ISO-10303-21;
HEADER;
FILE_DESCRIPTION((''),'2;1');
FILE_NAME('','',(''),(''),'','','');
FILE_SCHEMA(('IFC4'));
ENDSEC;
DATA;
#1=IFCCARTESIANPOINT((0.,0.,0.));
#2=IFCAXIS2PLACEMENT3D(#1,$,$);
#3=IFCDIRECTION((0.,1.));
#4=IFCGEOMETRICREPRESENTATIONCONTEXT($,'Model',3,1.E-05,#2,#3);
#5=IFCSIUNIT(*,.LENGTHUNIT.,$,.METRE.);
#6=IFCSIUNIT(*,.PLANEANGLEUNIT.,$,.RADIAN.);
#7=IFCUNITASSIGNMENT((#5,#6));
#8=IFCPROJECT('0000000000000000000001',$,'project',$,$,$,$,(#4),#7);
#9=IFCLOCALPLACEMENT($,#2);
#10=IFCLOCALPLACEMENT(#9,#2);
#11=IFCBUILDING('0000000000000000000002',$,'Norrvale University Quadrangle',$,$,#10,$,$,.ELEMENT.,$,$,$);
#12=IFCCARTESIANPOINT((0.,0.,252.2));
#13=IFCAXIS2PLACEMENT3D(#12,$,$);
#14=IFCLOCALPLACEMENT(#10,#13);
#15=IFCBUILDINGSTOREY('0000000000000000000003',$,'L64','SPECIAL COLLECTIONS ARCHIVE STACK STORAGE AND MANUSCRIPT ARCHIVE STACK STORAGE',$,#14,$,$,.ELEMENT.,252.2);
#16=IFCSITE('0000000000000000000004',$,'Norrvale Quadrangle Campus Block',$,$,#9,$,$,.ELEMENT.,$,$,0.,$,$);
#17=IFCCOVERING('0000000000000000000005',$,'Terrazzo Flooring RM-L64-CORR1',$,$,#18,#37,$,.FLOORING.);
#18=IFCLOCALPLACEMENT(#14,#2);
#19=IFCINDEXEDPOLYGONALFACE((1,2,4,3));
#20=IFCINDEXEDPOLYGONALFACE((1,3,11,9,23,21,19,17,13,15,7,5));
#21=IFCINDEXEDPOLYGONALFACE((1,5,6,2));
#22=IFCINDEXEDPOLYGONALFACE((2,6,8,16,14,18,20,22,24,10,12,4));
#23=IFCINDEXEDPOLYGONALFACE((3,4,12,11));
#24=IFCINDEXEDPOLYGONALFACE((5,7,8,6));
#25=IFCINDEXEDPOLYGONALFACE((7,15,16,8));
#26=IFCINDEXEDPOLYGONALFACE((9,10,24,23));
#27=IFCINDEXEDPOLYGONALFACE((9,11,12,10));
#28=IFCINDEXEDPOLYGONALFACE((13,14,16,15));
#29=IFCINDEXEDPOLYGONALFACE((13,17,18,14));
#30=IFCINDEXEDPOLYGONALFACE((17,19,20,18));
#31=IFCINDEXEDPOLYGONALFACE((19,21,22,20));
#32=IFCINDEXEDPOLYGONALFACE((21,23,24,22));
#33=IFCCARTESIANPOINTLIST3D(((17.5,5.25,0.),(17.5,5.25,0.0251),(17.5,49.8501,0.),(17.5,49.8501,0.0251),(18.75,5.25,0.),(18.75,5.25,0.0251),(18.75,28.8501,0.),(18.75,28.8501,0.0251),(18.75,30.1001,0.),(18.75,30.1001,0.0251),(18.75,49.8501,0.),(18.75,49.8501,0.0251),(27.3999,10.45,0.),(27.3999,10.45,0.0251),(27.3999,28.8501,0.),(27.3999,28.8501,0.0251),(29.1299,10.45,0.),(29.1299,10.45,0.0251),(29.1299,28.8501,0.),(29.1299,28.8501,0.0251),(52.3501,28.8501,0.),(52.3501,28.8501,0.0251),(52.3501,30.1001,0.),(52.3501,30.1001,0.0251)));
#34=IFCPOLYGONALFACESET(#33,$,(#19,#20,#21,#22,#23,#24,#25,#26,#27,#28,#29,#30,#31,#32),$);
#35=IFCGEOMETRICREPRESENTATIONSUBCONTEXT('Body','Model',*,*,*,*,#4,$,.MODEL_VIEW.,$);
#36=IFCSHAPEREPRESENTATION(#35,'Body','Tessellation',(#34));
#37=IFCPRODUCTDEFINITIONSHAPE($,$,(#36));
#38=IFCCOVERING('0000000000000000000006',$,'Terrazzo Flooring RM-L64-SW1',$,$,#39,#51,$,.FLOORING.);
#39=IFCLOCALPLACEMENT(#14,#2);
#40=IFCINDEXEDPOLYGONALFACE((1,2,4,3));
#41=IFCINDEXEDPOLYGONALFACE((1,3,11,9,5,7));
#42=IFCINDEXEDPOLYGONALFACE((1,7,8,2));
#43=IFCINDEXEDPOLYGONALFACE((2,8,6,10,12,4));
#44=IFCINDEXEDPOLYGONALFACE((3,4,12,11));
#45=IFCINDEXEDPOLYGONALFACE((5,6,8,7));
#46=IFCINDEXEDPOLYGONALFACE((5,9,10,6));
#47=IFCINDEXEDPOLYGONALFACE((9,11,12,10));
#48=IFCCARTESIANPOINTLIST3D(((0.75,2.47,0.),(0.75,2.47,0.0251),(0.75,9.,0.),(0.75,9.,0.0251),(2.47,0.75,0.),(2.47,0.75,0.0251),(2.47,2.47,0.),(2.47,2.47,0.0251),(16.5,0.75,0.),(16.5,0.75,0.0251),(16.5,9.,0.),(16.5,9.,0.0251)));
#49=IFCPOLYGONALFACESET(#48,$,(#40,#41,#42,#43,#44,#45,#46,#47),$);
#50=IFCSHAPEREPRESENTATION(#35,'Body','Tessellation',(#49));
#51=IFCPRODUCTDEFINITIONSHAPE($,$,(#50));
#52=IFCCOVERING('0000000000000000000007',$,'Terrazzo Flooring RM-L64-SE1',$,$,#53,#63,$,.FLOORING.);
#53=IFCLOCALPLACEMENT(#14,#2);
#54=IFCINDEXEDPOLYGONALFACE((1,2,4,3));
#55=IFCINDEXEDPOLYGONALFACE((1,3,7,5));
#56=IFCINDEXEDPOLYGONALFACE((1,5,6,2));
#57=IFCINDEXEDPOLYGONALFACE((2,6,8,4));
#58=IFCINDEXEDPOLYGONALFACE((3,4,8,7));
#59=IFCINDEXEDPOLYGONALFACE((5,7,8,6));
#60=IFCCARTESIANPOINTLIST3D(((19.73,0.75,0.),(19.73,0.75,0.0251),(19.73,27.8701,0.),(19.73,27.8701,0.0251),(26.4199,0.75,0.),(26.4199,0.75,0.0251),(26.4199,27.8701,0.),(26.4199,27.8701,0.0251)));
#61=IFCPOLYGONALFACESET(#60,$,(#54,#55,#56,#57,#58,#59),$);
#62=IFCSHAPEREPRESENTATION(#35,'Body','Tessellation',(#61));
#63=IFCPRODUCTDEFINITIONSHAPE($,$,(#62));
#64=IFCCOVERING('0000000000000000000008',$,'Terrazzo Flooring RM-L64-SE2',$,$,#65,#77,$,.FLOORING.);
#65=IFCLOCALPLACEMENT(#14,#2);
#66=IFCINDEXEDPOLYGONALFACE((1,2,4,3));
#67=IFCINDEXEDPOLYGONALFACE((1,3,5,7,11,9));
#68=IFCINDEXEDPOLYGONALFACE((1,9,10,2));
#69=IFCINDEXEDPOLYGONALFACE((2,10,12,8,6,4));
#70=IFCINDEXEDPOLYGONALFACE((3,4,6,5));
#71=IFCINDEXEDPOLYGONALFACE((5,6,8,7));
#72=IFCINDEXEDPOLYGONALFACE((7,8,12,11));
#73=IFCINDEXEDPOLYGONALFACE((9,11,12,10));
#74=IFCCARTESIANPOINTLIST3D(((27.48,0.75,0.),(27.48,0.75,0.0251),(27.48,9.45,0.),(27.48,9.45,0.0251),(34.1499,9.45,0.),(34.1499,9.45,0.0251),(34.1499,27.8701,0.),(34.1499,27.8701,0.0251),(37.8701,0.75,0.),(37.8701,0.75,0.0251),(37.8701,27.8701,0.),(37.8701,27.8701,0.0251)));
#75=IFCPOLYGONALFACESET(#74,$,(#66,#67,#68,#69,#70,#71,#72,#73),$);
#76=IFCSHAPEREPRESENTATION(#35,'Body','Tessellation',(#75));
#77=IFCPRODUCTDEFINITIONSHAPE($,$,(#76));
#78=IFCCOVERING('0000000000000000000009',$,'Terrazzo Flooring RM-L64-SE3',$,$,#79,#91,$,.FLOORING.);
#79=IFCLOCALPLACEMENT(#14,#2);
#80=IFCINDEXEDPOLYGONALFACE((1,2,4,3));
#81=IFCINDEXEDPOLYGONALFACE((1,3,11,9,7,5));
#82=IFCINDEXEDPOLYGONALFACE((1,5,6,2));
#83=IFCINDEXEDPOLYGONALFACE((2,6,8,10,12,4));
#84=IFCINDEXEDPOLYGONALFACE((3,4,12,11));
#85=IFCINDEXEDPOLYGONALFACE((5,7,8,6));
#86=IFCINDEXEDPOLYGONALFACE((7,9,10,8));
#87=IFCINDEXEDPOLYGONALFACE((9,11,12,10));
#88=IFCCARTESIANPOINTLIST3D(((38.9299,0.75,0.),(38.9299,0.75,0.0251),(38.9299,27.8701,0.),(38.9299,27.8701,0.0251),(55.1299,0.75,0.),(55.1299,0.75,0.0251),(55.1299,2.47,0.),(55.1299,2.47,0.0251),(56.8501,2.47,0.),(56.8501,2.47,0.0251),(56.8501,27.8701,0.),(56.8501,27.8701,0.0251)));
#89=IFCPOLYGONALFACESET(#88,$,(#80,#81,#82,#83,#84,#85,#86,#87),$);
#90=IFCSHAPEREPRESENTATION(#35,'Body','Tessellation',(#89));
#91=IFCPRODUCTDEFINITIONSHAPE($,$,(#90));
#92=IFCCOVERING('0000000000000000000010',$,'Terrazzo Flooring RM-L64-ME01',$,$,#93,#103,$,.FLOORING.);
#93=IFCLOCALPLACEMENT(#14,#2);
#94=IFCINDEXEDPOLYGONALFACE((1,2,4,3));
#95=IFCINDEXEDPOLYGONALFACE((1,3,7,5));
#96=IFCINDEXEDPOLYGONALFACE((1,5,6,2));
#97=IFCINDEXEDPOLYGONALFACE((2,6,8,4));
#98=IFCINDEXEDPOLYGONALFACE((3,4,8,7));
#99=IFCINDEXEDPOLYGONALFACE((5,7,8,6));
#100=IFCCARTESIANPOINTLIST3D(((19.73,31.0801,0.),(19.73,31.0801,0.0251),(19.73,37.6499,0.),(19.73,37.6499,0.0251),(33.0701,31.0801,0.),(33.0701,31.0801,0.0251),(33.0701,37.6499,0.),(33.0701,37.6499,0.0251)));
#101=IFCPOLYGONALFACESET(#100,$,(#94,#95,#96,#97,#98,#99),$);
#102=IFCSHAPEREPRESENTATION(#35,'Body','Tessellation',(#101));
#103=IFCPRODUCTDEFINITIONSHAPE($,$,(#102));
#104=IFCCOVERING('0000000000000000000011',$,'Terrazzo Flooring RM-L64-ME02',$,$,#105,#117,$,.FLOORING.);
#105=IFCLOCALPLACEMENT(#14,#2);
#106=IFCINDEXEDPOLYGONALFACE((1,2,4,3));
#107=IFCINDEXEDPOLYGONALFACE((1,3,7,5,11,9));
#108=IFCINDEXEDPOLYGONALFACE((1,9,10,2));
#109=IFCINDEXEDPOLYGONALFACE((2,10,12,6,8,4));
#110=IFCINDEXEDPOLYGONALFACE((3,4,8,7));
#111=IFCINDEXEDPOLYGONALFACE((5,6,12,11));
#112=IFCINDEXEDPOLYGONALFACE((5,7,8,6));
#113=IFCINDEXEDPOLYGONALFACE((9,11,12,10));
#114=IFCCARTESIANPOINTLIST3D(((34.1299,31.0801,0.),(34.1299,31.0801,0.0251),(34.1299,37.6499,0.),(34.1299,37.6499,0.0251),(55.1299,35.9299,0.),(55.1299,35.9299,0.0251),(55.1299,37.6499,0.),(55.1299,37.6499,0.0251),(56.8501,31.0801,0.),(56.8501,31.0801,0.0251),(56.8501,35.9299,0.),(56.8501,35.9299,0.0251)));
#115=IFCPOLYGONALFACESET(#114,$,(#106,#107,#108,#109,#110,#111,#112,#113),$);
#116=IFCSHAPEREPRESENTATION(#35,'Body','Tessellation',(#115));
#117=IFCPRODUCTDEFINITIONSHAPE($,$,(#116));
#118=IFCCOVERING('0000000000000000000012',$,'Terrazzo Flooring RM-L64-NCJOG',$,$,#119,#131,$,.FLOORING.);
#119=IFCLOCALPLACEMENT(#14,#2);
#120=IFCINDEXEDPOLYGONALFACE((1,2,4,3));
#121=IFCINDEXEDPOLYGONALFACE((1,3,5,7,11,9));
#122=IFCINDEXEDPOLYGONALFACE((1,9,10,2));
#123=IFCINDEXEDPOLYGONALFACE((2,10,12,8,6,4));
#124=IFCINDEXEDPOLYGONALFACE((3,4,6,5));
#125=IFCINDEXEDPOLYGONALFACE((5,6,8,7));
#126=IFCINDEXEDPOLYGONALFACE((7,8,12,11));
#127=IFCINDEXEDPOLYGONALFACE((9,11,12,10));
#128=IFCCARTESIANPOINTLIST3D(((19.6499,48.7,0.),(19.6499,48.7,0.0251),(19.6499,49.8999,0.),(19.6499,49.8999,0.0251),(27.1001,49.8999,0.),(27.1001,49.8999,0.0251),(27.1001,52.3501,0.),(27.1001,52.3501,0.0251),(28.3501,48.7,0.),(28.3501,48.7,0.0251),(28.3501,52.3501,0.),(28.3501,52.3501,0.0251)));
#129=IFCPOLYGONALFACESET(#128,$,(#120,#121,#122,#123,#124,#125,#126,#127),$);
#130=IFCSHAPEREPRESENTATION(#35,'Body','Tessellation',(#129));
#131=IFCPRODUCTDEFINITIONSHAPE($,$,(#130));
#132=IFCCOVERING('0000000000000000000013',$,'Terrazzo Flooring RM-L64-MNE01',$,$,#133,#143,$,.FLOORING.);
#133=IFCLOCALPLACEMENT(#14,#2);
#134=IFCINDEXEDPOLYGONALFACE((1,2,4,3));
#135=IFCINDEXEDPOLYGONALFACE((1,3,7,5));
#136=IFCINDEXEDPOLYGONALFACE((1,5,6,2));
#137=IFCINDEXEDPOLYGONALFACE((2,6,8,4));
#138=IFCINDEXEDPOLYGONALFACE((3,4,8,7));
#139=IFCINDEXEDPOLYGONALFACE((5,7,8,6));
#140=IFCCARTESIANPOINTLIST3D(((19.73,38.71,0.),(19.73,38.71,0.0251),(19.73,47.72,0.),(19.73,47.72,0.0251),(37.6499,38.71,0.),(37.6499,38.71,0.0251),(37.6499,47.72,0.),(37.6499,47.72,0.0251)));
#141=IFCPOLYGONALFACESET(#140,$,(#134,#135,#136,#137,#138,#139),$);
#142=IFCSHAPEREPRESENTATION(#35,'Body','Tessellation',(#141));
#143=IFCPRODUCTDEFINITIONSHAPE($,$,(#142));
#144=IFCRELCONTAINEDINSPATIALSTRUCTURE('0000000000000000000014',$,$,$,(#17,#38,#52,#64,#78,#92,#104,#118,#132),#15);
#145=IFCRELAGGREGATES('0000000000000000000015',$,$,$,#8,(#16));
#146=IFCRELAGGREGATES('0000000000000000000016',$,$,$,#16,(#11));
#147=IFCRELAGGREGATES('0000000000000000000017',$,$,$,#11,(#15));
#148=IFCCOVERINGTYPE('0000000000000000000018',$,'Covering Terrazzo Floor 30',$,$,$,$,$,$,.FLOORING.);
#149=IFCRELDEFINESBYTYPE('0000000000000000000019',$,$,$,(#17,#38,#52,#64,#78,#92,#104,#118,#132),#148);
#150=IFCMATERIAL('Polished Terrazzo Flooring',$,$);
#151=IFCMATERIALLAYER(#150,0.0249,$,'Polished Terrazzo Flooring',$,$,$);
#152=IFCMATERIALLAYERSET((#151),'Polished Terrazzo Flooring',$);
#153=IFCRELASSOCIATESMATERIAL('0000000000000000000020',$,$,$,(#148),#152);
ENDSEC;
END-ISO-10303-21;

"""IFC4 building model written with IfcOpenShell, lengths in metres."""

from ifc_helpers import new_model, si_unit, direction, frame, origin, place, context, subcontext, project, spatial, polyline, outline, extrude, material, layer, layer_set, type_object, element, save


model = new_model("IFC4")

# Units and contexts
model_context = context("Model", 3, precision=1e-05, world=origin(), true_north=direction((0.0, 1.0)))
body_context = subcontext(model_context, "Body", "Model", "MODEL_VIEW")
ifc_project = project(units=[si_unit("LENGTHUNIT", "METRE"), si_unit("PLANEANGLEUNIT", "RADIAN")], contexts=[model_context])

# Site, building, storey
site_placement = place(None, origin())
site = spatial("IfcSite", under=ifc_project, at=site_placement, Name="Norrvale Quadrangle Campus Block", CompositionType="ELEMENT", RefElevation=0.0)
building_placement = place(site_placement, origin())
building = spatial("IfcBuilding", under=site, at=building_placement, Name="Norrvale University Quadrangle", CompositionType="ELEMENT")
storey_placement = place(building_placement, frame((0.0, 0.0, 252.2)))
storey = spatial("IfcBuildingStorey", under=building, at=storey_placement, Name="L64", Description="SPECIAL COLLECTIONS ARCHIVE STACK STORAGE AND MANUSCRIPT ARCHIVE STACK STORAGE", CompositionType="ELEMENT", Elevation=252.2)

# Coverings
ifc_material_1 = material(Name="Polished Terrazzo Flooring")
ifc_layer_1 = layer(ifc_material_1, 0.0249, Name="Polished Terrazzo Flooring")
ifc_layer_set_1 = layer_set([ifc_layer_1], Name="Polished Terrazzo Flooring")
covering_type_1 = type_object("IfcCoveringType", Name="Covering Terrazzo Floor 30", PredefinedType="FLOORING", material=ifc_layer_set_1)
covering_1_placement = place(storey_placement, origin())
element("IfcCovering", 1, at=covering_1_placement, inside=storey, type_object=covering_type_1, Name="Terrazzo Flooring RM-L64-CORR1", PredefinedType="FLOORING", context=body_context, shape_type="SweptSolid", body=[
    extrude(outline(polyline([(17.5, 5.25), (17.5, 49.8501), (18.75, 49.8501), (18.75, 30.1001), (52.3501, 30.1001), (52.3501, 28.8501), (29.1299, 28.8501), (29.1299, 10.45), (27.3999, 10.45), (27.3999, 28.8501), (18.75, 28.8501), (18.75, 5.25), (17.5, 5.25)])), origin(), (0.0, 0.0, 1.0), 0.0251),
])
covering_2_placement = place(storey_placement, origin())
element("IfcCovering", 2, at=covering_2_placement, inside=storey, type_object=covering_type_1, Name="Terrazzo Flooring RM-L64-SW1", PredefinedType="FLOORING", context=body_context, shape_type="SweptSolid", body=[
    extrude(outline(polyline([(0.75, 9.0), (16.5, 9.0), (16.5, 0.75), (2.47, 0.75), (2.47, 2.47), (0.75, 2.47), (0.75, 9.0)])), origin(), (0.0, 0.0, 1.0), 0.0251),
])
covering_3_placement = place(storey_placement, origin())
element("IfcCovering", 3, at=covering_3_placement, inside=storey, type_object=covering_type_1, Name="Terrazzo Flooring RM-L64-SE1", PredefinedType="FLOORING", context=body_context, shape_type="SweptSolid", body=[
    extrude(outline(polyline([(19.73, 27.8701), (26.4199, 27.8701), (26.4199, 0.75), (19.73, 0.75), (19.73, 27.8701)])), origin(), (0.0, 0.0, 1.0), 0.0251),
])
covering_4_placement = place(storey_placement, origin())
element("IfcCovering", 4, at=covering_4_placement, inside=storey, type_object=covering_type_1, Name="Terrazzo Flooring RM-L64-SE2", PredefinedType="FLOORING", context=body_context, shape_type="SweptSolid", body=[
    extrude(outline(polyline([(27.48, 9.45), (34.1499, 9.45), (34.1499, 27.8701), (37.8701, 27.8701), (37.8701, 0.75), (27.48, 0.75), (27.48, 9.45)])), origin(), (0.0, 0.0, 1.0), 0.0251),
])
covering_5_placement = place(storey_placement, origin())
element("IfcCovering", 5, at=covering_5_placement, inside=storey, type_object=covering_type_1, Name="Terrazzo Flooring RM-L64-SE3", PredefinedType="FLOORING", context=body_context, shape_type="SweptSolid", body=[
    extrude(outline(polyline([(38.9299, 0.75), (38.9299, 27.8701), (56.8501, 27.8701), (56.8501, 2.47), (55.1299, 2.47), (55.1299, 0.75), (38.9299, 0.75)])), origin(), (0.0, 0.0, 1.0), 0.0251),
])
covering_6_placement = place(storey_placement, origin())
element("IfcCovering", 6, at=covering_6_placement, inside=storey, type_object=covering_type_1, Name="Terrazzo Flooring RM-L64-ME01", PredefinedType="FLOORING", context=body_context, shape_type="SweptSolid", body=[
    extrude(outline(polyline([(19.73, 37.6499), (33.0701, 37.6499), (33.0701, 31.0801), (19.73, 31.0801), (19.73, 37.6499)])), origin(), (0.0, 0.0, 1.0), 0.0251),
])
covering_7_placement = place(storey_placement, origin())
element("IfcCovering", 7, at=covering_7_placement, inside=storey, type_object=covering_type_1, Name="Terrazzo Flooring RM-L64-ME02", PredefinedType="FLOORING", context=body_context, shape_type="SweptSolid", body=[
    extrude(outline(polyline([(56.8501, 31.0801), (34.1299, 31.0801), (34.1299, 37.6499), (55.1299, 37.6499), (55.1299, 35.9299), (56.8501, 35.9299), (56.8501, 31.0801)])), origin(), (0.0, 0.0, 1.0), 0.0251),
])
covering_8_placement = place(storey_placement, origin())
element("IfcCovering", 8, at=covering_8_placement, inside=storey, type_object=covering_type_1, Name="Terrazzo Flooring RM-L64-NCJOG", PredefinedType="FLOORING", context=body_context, shape_type="SweptSolid", body=[
    extrude(outline(polyline([(19.6499, 48.7), (19.6499, 49.8999), (27.1001, 49.8999), (27.1001, 52.3501), (28.3501, 52.3501), (28.3501, 48.7), (19.6499, 48.7)])), origin(), (0.0, 0.0, 1.0), 0.0251),
])
covering_9_placement = place(storey_placement, origin())
element("IfcCovering", 9, at=covering_9_placement, inside=storey, type_object=covering_type_1, Name="Terrazzo Flooring RM-L64-MNE01", PredefinedType="FLOORING", context=body_context, shape_type="SweptSolid", body=[
    extrude(outline(polyline([(19.73, 47.72), (37.6499, 47.72), (37.6499, 38.71), (19.73, 38.71), (19.73, 47.72)])), origin(), (0.0, 0.0, 1.0), 0.0251),
])

save(model, "model.ifc")
